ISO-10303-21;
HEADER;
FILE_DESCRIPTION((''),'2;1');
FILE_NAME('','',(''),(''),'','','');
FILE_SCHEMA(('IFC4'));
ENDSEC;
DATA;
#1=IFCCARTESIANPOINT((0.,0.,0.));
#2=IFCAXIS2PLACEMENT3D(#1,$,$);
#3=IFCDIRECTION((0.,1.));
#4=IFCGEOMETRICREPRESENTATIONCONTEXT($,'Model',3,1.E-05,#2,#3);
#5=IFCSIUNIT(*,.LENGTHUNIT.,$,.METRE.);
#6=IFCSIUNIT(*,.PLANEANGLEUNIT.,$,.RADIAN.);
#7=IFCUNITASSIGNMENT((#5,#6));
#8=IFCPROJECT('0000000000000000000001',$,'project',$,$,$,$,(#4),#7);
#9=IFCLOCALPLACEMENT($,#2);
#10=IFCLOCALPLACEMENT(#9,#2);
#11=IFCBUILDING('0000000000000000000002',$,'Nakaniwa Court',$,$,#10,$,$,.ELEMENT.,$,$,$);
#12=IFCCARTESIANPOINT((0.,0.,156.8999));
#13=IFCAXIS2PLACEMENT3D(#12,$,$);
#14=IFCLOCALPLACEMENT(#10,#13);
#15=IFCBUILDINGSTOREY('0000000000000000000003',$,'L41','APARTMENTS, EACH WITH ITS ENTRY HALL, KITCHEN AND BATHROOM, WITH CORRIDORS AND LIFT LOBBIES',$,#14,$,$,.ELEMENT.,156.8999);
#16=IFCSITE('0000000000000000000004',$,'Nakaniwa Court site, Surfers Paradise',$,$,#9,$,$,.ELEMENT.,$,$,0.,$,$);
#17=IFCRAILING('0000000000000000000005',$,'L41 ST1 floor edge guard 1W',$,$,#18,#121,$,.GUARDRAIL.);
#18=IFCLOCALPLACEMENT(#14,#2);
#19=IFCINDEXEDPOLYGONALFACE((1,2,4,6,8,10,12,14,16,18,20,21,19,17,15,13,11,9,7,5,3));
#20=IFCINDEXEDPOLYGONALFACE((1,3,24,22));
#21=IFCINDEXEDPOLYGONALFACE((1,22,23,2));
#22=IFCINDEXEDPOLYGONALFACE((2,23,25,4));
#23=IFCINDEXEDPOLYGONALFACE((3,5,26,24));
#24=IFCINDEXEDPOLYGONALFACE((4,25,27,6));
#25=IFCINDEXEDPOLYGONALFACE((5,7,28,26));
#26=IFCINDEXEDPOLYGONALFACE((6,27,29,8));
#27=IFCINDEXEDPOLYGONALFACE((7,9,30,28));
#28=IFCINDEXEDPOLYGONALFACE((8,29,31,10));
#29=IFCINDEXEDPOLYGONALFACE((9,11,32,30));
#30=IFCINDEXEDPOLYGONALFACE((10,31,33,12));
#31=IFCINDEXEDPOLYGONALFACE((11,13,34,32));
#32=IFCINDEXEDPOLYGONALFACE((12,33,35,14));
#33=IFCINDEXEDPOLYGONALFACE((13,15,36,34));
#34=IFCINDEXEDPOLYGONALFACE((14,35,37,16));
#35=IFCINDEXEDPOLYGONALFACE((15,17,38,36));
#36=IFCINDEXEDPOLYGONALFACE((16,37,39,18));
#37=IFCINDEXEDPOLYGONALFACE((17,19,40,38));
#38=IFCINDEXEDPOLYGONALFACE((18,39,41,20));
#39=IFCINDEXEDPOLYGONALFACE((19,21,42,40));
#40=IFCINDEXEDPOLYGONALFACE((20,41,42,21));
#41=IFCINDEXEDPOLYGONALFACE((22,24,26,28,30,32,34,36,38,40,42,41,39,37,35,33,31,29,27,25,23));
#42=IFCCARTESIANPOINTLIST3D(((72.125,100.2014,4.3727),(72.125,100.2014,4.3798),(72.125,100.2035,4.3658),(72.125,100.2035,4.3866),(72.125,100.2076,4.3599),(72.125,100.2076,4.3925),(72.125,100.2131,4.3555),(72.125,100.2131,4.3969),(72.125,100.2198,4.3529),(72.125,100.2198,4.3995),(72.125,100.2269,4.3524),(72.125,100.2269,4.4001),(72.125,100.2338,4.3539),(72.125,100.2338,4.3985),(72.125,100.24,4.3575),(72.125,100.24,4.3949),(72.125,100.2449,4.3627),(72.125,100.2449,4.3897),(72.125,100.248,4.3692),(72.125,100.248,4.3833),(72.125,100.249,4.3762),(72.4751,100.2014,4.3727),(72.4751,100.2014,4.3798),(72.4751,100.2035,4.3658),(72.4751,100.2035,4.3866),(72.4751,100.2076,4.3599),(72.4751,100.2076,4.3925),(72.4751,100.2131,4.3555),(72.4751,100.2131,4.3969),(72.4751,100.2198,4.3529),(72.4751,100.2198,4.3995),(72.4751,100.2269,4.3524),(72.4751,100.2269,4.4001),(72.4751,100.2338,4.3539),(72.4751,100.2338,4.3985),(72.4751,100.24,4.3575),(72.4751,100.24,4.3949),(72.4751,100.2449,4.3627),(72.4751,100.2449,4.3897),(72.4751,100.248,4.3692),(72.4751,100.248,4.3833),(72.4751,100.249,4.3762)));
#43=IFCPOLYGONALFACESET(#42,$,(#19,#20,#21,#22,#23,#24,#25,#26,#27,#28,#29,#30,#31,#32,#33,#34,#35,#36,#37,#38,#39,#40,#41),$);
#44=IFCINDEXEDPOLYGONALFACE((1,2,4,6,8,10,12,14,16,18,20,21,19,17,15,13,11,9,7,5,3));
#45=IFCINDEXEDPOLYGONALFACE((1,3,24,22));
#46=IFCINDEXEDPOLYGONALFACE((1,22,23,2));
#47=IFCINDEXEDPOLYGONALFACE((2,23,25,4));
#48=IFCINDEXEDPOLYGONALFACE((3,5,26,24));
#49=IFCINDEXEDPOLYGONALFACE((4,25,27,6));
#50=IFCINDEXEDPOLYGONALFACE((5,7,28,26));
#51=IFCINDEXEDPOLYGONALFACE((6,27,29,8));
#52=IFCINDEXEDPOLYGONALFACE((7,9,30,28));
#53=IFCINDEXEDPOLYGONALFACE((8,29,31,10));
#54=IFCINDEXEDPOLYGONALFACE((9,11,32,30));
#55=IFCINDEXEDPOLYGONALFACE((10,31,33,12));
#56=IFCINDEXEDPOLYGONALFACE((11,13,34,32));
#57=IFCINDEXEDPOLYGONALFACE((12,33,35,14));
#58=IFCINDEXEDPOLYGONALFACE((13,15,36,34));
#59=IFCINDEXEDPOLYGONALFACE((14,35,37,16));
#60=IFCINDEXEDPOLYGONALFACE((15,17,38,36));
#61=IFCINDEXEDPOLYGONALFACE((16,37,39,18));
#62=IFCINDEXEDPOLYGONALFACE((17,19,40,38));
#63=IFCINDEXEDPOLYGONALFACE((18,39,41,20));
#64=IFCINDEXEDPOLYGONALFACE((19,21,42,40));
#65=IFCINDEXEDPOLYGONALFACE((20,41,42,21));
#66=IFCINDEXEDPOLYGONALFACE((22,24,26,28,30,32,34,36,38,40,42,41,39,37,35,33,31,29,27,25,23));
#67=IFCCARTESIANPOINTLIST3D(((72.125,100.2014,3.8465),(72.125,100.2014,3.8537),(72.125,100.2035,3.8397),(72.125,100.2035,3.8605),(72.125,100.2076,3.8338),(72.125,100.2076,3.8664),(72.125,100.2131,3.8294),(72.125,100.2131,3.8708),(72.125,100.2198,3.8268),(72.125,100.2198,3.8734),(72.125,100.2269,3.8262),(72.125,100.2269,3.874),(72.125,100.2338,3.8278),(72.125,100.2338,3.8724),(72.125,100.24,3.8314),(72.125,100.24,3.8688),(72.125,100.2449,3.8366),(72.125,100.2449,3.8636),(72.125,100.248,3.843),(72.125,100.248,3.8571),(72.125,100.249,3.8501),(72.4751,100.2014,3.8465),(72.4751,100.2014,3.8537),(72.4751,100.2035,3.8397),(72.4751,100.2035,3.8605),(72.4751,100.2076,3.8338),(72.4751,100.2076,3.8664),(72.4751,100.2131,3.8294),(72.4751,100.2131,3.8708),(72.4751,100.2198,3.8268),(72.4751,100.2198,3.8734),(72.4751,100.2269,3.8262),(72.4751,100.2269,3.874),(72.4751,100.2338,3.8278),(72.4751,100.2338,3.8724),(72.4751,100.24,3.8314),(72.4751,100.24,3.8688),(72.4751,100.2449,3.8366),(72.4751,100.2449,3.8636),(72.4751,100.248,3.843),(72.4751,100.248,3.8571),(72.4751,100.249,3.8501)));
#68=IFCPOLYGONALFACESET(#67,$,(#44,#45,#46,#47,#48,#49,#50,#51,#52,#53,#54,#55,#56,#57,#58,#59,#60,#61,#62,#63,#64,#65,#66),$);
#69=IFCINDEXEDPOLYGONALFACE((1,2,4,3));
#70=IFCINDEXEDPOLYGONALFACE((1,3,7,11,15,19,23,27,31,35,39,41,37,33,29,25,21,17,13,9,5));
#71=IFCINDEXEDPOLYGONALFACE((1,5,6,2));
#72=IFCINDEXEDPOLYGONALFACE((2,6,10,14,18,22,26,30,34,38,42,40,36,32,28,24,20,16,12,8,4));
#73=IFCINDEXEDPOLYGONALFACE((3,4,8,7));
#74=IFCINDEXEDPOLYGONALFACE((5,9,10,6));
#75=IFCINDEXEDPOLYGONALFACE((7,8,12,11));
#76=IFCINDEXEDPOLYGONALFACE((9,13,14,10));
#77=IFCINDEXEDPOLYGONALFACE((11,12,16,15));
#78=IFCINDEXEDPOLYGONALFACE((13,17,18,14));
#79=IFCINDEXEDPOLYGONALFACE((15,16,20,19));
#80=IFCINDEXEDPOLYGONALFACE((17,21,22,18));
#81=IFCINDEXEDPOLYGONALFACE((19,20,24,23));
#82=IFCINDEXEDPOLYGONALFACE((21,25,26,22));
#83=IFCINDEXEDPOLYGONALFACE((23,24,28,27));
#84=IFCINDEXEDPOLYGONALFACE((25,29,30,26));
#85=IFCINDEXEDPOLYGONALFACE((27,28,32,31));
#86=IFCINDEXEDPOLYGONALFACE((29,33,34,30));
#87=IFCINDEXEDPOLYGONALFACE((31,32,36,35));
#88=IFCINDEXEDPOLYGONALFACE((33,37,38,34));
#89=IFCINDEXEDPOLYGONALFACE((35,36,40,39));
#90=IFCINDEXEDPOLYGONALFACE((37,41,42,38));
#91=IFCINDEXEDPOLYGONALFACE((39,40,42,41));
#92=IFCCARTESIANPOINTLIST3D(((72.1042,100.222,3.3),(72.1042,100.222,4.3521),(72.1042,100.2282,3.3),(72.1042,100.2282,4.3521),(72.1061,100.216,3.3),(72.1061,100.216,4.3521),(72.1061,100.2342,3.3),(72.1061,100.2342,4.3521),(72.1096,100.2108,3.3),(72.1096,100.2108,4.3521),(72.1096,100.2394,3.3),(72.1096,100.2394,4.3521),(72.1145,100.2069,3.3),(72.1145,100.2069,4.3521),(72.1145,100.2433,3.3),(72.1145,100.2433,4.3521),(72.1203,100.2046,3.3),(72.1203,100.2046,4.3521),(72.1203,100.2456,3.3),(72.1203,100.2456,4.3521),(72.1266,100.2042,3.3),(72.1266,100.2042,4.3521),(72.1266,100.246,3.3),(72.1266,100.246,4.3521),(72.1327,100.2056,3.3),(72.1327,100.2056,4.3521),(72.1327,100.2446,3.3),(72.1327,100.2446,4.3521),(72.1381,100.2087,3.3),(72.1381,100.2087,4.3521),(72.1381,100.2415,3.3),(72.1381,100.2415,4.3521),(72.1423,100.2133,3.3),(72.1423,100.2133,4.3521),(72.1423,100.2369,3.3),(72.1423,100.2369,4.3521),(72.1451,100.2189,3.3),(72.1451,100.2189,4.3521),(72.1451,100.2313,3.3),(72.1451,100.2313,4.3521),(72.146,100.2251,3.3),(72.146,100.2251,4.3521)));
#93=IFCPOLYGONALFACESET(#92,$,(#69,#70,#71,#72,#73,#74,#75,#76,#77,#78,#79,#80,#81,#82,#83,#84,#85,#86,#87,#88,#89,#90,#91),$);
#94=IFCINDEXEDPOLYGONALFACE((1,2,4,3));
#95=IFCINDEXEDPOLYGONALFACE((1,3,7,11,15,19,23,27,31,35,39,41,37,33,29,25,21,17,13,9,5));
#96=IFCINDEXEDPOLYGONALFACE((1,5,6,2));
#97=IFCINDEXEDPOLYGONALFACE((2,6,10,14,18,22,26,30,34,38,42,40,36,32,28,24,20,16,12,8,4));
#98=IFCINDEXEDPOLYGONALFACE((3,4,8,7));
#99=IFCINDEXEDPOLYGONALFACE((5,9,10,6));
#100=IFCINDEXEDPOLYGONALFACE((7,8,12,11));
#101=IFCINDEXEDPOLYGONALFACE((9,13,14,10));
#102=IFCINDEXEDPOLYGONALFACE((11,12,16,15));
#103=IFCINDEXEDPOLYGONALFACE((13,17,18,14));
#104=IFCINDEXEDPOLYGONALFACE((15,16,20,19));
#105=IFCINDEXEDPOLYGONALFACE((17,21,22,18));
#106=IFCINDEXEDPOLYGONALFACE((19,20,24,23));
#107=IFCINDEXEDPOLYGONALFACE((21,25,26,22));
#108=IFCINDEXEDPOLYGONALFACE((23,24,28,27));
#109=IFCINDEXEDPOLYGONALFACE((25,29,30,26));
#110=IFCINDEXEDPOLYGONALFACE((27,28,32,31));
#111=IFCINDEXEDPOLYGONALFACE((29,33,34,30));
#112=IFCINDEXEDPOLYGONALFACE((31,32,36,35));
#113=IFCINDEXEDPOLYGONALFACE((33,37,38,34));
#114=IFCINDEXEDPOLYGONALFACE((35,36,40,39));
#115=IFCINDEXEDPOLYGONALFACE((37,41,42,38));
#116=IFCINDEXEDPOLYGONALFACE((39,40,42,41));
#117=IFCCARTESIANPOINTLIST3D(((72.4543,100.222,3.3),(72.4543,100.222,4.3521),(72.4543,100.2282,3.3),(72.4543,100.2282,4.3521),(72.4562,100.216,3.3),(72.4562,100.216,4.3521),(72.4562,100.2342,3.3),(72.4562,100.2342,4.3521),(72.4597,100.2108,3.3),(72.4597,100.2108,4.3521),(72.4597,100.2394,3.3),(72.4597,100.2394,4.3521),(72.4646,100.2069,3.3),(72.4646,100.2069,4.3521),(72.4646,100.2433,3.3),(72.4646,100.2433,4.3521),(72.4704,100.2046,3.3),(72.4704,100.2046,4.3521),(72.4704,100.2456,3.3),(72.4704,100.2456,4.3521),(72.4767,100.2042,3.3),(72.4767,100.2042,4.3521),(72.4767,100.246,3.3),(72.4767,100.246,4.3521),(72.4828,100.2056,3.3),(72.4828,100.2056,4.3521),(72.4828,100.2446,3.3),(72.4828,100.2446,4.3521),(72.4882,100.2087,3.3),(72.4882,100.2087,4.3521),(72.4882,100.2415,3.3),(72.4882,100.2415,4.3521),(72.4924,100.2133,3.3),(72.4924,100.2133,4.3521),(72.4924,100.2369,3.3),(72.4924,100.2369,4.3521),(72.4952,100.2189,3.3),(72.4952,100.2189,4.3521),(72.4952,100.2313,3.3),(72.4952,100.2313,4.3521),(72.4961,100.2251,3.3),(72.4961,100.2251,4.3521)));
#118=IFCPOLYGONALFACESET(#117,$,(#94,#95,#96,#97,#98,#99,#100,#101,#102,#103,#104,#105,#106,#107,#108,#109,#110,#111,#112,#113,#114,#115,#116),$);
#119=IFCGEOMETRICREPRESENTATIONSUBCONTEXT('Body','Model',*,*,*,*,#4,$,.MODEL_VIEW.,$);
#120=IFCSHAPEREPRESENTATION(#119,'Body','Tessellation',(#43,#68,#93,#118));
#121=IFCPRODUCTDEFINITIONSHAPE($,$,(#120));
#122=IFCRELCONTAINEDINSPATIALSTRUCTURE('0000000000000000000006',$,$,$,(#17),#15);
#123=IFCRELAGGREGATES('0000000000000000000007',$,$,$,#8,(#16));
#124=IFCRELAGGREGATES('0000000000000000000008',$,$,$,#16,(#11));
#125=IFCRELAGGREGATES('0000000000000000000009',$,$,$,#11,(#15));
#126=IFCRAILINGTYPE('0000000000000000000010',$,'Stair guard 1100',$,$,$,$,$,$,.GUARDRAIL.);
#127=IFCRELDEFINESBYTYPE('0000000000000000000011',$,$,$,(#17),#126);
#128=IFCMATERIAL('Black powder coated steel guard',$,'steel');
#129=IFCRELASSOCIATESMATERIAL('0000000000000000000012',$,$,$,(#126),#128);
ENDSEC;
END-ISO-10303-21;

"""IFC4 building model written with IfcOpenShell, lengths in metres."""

from ifc_helpers import new_model, si_unit, direction, frame, origin, origin_2d, place, context, subcontext, project, spatial, circle, extrude, material, type_object, element, save


model = new_model("IFC4")

# Units and contexts
model_context = context("Model", 3, precision=1e-05, world=origin(), true_north=direction((0.0, 1.0)))
body_context = subcontext(model_context, "Body", "Model", "MODEL_VIEW")
ifc_project = project(units=[si_unit("LENGTHUNIT", "METRE"), si_unit("PLANEANGLEUNIT", "RADIAN")], contexts=[model_context])

# Site, building, storey
site_placement = place(None, origin())
site = spatial("IfcSite", under=ifc_project, at=site_placement, Name="Nakaniwa Court site, Surfers Paradise", CompositionType="ELEMENT", RefElevation=0.0)
building_placement = place(site_placement, origin())
building = spatial("IfcBuilding", under=site, at=building_placement, Name="Nakaniwa Court", CompositionType="ELEMENT")
storey_placement = place(building_placement, frame((0.0, 0.0, 156.8999)))
storey = spatial("IfcBuildingStorey", under=building, at=storey_placement, Name="L41", Description="APARTMENTS, EACH WITH ITS ENTRY HALL, KITCHEN AND BATHROOM, WITH CORRIDORS AND LIFT LOBBIES", CompositionType="ELEMENT", Elevation=156.8999)

# Railing
ifc_material_1 = material(Name="Black powder coated steel guard", Category="steel")
railing_type_1 = type_object("IfcRailingType", Name="Stair guard 1100", PredefinedType="GUARDRAIL", material=ifc_material_1)
for number, where, name in (
    (1, (72.125, 100.2251, 3.3), "L41 ST1 floor edge guard 1W"),
):
    element("IfcRailing", number, at=place(storey_placement, frame(where)), inside=storey, type_object=railing_type_1, Name=name, PredefinedType="GUARDRAIL", context=body_context, shape_type="SweptSolid", body=[
        extrude(circle(Radius=0.0239, at=origin_2d()), frame((0.0, 0.0, 1.0762), z_axis=(1.0, 0.0, 0.0), x_axis=(0.0, 1.0, 0.0)), (0.0, 0.0, 1.0), 0.3501),
        extrude(circle(Radius=0.0239, at=origin_2d()), frame((0.0, 0.0, 0.55), z_axis=(1.0, 0.0, 0.0), x_axis=(0.0, 1.0, 0.0)), (0.0, 0.0, 1.0), 0.3501),
        extrude(circle(Radius=0.021, at=origin_2d()), origin(), (0.0, 0.0, 1.0), 1.052),
        extrude(circle(Radius=0.021, at=origin_2d()), frame((0.3501, 0.0, 0.0)), (0.0, 0.0, 1.0), 1.052),
    ])

save(model, "model.ifc")
